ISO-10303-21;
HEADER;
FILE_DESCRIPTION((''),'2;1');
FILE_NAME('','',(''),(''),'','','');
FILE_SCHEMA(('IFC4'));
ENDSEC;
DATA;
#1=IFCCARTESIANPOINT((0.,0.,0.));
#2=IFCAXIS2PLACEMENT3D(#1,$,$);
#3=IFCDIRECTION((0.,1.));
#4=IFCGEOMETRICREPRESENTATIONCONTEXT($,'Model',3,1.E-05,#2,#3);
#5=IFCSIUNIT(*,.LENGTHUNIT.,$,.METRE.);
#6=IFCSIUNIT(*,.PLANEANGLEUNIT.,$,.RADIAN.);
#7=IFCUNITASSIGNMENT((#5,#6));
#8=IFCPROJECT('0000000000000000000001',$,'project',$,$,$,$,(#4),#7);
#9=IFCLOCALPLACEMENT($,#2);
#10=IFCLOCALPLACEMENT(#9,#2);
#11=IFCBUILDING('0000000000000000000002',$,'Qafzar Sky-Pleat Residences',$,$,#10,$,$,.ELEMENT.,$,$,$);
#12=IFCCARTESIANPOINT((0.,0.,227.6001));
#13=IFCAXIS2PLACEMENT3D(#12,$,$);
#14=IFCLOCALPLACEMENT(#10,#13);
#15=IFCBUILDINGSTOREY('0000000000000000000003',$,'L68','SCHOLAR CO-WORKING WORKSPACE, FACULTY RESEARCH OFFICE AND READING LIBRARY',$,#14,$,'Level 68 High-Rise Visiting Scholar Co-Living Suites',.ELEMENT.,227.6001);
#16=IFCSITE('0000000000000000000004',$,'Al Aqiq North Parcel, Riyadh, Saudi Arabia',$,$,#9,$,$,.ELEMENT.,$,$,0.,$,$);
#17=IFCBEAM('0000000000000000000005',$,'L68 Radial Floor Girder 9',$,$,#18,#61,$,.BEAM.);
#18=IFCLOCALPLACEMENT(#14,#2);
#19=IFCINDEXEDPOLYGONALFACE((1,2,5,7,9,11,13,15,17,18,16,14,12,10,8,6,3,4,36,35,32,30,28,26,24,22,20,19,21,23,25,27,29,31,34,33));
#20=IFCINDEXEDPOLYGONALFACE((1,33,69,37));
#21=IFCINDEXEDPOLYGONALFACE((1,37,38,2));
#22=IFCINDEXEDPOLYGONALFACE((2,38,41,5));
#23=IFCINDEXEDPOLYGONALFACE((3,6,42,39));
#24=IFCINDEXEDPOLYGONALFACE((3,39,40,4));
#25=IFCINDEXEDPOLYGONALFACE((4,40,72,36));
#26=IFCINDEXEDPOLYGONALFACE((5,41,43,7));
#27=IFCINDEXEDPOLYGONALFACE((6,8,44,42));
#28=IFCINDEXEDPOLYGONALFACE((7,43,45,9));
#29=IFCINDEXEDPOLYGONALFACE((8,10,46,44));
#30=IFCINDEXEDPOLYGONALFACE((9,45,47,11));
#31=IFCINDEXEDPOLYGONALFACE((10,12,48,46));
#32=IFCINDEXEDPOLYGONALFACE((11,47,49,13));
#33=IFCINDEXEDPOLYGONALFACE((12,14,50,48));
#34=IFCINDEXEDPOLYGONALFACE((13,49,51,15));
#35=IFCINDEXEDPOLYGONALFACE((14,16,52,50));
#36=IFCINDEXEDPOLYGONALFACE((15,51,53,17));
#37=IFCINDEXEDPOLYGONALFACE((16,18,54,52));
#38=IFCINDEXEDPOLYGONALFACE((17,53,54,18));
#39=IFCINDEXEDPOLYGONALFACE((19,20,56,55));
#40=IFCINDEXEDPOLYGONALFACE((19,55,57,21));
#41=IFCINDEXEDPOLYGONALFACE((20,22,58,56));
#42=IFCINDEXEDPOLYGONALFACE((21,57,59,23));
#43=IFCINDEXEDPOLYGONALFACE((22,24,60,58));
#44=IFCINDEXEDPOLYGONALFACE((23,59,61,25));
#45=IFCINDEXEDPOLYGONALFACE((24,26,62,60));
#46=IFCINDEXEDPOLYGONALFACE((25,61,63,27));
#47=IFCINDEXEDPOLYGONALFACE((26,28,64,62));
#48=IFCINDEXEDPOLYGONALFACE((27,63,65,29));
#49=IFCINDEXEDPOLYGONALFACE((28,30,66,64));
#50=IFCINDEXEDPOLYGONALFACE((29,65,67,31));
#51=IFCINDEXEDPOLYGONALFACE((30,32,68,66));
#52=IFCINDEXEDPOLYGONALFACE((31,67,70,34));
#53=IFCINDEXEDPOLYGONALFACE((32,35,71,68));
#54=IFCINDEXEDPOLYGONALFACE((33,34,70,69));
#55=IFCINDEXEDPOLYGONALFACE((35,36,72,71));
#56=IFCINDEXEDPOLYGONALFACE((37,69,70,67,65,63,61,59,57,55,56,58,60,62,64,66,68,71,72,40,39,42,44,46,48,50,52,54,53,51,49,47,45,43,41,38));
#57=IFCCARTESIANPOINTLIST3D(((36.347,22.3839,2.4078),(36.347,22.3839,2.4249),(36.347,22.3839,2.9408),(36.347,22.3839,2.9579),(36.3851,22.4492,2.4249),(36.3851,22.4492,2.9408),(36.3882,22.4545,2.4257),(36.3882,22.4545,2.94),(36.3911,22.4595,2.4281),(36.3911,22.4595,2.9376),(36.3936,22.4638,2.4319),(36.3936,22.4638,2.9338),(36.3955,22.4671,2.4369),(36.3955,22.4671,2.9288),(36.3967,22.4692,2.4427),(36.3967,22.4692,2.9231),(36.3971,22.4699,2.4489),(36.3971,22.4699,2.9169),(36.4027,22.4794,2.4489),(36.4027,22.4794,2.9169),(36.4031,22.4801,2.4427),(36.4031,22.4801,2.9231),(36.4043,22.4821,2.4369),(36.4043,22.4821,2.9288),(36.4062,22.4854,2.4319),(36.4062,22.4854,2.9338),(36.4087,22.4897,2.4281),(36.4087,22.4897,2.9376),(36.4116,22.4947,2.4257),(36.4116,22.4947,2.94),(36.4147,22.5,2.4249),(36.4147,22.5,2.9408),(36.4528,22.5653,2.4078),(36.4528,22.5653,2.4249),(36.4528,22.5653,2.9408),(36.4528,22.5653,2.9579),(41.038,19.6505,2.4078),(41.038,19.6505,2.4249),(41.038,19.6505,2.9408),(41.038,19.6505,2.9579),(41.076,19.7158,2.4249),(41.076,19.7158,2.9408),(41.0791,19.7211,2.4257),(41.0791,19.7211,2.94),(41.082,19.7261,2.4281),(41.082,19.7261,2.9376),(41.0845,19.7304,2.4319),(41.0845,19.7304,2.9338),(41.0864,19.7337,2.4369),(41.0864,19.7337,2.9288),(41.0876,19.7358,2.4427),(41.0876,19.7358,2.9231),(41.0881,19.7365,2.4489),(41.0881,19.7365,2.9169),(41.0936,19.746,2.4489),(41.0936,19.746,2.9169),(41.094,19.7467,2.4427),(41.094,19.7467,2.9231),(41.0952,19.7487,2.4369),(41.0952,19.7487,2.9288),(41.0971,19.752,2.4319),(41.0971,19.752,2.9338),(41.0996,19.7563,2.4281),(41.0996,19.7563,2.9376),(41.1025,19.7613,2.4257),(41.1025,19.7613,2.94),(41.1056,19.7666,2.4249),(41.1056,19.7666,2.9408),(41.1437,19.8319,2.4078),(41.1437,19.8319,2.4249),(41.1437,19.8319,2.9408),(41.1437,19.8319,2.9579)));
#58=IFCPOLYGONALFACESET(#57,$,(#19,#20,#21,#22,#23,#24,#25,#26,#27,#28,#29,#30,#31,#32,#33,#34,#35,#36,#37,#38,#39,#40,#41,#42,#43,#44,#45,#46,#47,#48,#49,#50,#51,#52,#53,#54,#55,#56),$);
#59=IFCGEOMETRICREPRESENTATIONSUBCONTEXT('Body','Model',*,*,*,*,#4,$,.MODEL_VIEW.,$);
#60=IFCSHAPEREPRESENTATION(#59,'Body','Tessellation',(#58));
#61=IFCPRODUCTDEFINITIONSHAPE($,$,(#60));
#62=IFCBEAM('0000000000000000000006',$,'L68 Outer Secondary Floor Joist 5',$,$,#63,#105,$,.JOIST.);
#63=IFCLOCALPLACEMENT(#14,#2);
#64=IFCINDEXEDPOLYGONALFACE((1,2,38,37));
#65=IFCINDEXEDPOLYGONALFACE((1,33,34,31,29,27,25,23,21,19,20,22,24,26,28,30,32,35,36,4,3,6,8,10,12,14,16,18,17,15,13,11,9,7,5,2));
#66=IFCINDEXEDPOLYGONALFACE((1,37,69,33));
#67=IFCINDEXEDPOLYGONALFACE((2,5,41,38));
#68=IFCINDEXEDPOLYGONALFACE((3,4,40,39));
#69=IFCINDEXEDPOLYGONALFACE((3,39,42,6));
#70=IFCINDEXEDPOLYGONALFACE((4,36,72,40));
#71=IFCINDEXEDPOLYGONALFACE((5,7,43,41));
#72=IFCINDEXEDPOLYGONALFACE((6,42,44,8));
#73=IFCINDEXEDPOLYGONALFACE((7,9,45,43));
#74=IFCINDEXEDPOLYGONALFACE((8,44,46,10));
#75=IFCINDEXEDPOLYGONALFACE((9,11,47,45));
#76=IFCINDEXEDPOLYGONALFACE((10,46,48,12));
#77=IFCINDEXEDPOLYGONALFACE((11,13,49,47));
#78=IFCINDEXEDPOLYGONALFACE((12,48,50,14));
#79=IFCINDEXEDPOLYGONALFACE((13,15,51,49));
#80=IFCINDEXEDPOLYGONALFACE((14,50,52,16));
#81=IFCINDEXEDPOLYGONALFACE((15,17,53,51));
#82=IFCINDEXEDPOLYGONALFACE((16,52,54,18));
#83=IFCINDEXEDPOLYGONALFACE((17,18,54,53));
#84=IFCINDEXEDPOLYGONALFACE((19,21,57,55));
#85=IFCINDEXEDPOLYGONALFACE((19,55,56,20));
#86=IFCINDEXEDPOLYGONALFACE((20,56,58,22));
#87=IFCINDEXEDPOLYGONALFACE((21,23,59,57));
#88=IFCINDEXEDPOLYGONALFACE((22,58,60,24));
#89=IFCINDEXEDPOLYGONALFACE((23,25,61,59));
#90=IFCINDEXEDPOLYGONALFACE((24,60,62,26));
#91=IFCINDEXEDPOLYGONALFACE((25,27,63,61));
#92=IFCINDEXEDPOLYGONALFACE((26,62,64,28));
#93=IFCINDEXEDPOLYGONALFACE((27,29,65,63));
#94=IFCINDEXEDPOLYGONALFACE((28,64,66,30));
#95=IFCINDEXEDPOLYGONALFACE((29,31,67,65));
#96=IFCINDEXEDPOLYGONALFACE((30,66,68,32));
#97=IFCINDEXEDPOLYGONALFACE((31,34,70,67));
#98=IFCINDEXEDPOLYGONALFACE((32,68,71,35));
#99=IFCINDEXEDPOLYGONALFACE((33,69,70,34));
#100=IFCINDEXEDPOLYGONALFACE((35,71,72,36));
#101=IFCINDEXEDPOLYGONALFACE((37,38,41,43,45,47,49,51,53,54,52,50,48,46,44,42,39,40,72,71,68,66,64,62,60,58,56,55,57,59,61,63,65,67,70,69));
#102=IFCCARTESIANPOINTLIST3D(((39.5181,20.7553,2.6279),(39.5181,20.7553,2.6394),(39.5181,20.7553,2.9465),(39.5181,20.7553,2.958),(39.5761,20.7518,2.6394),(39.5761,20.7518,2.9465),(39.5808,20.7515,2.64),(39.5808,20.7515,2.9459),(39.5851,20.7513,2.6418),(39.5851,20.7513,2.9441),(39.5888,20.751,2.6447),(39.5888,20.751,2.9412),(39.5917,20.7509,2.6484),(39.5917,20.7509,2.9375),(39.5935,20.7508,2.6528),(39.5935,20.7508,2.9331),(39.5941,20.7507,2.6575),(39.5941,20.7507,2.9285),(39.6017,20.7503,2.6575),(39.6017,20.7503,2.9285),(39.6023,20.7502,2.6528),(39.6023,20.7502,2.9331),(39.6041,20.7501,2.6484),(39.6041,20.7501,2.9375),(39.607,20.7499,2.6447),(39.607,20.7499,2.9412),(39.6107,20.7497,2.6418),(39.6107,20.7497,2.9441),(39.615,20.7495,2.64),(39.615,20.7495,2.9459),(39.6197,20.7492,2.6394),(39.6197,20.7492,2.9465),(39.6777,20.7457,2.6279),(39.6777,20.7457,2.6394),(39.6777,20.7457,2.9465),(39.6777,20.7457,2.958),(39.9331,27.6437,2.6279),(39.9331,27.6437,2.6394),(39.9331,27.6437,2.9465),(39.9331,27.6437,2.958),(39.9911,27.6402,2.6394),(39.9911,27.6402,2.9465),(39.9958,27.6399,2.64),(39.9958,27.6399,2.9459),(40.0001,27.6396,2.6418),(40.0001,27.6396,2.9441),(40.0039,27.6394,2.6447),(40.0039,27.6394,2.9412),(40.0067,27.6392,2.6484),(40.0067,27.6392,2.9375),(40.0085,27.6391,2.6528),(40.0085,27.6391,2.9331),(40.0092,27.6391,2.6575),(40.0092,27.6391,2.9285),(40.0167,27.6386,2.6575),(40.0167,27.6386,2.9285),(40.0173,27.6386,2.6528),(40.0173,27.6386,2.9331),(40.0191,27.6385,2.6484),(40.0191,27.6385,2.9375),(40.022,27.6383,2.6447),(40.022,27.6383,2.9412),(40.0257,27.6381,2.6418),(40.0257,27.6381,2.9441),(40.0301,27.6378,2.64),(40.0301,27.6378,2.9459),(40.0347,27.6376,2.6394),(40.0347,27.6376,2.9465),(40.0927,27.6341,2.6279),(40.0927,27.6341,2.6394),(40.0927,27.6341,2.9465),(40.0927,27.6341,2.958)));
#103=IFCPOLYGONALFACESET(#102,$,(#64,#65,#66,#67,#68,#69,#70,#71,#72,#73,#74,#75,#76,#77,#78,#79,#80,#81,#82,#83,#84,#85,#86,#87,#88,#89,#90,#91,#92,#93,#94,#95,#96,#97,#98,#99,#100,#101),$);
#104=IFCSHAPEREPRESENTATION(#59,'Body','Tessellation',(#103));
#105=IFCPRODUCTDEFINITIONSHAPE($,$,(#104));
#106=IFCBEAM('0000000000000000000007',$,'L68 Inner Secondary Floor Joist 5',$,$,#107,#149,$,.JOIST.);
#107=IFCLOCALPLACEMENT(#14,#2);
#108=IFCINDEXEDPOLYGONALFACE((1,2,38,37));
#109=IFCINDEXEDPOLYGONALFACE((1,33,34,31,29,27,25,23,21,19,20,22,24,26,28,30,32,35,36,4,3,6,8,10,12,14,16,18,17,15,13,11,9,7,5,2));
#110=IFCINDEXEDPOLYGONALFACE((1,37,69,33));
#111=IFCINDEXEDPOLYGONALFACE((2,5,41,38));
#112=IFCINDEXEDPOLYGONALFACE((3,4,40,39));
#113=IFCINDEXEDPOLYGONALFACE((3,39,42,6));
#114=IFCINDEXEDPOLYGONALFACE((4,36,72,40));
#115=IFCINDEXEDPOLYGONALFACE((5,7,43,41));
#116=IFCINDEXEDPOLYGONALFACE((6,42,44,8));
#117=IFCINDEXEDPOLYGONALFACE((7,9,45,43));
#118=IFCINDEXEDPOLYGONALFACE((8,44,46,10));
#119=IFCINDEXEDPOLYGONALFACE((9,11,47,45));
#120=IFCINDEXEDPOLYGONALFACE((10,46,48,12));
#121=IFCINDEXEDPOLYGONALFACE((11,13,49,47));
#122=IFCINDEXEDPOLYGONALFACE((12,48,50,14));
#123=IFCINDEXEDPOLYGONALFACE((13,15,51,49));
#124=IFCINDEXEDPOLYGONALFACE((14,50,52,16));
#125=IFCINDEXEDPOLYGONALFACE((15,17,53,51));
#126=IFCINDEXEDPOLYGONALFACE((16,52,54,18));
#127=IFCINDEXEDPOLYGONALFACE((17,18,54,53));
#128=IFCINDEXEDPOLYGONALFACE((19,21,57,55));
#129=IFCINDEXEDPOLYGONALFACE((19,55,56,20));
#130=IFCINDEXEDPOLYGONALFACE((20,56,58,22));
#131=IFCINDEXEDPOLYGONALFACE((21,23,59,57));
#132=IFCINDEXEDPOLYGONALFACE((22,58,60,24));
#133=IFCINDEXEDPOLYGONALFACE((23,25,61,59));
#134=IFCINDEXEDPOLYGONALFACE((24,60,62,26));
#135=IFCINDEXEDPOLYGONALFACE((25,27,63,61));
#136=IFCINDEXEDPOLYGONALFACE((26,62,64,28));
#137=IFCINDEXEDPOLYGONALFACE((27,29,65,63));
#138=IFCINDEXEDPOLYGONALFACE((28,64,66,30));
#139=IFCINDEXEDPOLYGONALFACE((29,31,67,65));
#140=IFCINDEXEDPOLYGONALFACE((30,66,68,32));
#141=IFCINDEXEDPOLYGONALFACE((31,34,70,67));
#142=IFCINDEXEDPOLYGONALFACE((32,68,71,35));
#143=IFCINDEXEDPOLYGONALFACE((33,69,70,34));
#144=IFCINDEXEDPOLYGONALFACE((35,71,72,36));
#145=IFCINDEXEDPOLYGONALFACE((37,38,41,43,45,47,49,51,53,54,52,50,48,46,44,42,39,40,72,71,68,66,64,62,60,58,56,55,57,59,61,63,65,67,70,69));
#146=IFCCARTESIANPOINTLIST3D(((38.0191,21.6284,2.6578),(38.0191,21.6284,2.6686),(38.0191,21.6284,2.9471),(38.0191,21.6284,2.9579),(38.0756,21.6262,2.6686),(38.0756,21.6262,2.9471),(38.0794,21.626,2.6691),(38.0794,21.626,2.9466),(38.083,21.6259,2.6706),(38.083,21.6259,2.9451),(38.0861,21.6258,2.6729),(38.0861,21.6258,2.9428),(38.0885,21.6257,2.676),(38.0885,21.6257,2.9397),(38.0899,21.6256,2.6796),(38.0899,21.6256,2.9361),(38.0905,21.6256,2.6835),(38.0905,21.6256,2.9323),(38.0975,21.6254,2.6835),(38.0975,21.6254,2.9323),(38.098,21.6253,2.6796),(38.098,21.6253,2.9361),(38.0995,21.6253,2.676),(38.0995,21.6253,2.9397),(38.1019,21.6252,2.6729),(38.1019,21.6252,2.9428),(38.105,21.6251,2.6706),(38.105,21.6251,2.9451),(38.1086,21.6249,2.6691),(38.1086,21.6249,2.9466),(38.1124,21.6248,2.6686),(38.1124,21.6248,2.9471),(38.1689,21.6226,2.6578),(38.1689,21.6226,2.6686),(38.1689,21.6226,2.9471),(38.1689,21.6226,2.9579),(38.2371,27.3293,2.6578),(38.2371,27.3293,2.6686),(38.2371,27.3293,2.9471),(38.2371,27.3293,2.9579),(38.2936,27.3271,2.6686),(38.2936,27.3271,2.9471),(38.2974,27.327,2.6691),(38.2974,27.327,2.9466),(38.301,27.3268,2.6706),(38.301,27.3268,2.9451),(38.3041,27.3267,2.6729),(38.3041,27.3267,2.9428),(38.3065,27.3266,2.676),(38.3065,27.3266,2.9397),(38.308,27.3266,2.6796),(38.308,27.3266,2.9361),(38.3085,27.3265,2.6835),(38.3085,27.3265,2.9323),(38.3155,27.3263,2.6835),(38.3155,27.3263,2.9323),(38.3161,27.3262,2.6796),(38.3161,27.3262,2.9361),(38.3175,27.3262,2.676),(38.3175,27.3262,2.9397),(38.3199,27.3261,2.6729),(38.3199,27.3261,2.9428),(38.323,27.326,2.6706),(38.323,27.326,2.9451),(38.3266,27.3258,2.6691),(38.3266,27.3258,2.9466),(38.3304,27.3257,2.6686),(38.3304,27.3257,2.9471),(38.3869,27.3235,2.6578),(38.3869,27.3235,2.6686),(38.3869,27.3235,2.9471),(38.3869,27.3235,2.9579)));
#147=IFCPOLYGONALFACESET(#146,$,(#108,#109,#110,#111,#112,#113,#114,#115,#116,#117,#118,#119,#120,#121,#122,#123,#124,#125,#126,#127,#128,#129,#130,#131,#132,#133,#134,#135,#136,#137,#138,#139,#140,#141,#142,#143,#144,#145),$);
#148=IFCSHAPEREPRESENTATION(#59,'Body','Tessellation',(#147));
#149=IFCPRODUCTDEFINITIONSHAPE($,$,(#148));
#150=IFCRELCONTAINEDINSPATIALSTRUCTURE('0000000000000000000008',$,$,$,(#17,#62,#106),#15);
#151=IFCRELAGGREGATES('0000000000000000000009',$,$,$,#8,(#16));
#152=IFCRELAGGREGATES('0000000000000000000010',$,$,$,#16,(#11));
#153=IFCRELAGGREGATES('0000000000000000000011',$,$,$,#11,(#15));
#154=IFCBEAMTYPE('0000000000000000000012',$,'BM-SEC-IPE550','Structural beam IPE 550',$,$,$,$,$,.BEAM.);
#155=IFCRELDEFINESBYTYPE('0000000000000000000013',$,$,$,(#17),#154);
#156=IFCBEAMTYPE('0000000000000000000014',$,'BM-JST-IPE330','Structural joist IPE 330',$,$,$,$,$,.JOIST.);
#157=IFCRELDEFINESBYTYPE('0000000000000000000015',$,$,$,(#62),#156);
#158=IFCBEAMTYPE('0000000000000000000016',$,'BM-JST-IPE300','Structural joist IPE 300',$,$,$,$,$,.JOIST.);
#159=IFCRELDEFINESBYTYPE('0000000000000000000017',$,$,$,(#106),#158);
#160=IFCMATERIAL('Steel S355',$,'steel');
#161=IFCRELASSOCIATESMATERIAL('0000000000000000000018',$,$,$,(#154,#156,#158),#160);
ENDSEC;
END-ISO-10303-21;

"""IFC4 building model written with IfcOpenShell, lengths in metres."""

from ifc_helpers import new_model, si_unit, direction, frame, origin, origin_2d, place, context, subcontext, project, spatial, i_section, extrude, source, transform, mapped, material, material_profile, profile_set, type_object, element, save


model = new_model("IFC4")

# Units and contexts
model_context = context("Model", 3, precision=1e-05, world=origin(), true_north=direction((0.0, 1.0)))
body_context = subcontext(model_context, "Body", "Model", "MODEL_VIEW")
ifc_project = project(units=[si_unit("LENGTHUNIT", "METRE"), si_unit("PLANEANGLEUNIT", "RADIAN")], contexts=[model_context])

# Site, building, storey
site_placement = place(None, origin())
site = spatial("IfcSite", under=ifc_project, at=site_placement, Name="Al Aqiq North Parcel, Riyadh, Saudi Arabia", CompositionType="ELEMENT", RefElevation=0.0)
building_placement = place(site_placement, origin())
building = spatial("IfcBuilding", under=site, at=building_placement, Name="Qafzar Sky-Pleat Residences", CompositionType="ELEMENT")
storey_placement = place(building_placement, frame((0.0, 0.0, 227.6001)))
storey = spatial("IfcBuildingStorey", under=building, at=storey_placement, Name="L68", Description="SCHOLAR CO-WORKING WORKSPACE, FACULTY RESEARCH OFFICE AND READING LIBRARY", LongName="Level 68 High-Rise Visiting Scholar Co-Living Suites", CompositionType="ELEMENT", Elevation=227.6001)

# Shared definitions
ifc_material_1 = material(Name="Steel S355", Category="steel")

# Beams
ifc_material_profile_1 = material_profile(ifc_material_1, i_section(OverallWidth=0.21, OverallDepth=0.55, WebThickness=0.011, FlangeThickness=0.0171, FilletRadius=0.0239, at=origin_2d()), Name="IPE 550")
ifc_profile_set_1 = profile_set([ifc_material_profile_1], Name="Steel S355")
beam_type_1 = type_object("IfcBeamType", Name="BM-SEC-IPE550", Description="Structural beam IPE 550", PredefinedType="BEAM", material=ifc_profile_set_1)
shared_shape_1 = source(origin(), body_context, "Body", "SweptSolid", [
    extrude(i_section(OverallWidth=0.21, OverallDepth=0.55, WebThickness=0.011, FlangeThickness=0.0171, FilletRadius=0.0239, at=origin_2d()), origin(), (0.0, 0.0, 1.0), 5.4292),
])
beam_1_placement = place(storey_placement, frame((41.0908, 19.7412, 2.6829), z_axis=(-0.864017, 0.503463, 0.0), x_axis=(-0.503463, -0.864017, 0.0)))
element("IfcBeam", 1, at=beam_1_placement, inside=storey, type_object=beam_type_1, Name="L68 Radial Floor Girder 9", PredefinedType="BEAM", context=body_context, shape_type="MappedRepresentation", body=[
    mapped(shared_shape_1, transform((0.0, 0.0, 0.0), x_axis=(1.0, 0.0, 0.0), y_axis=(0.0, 1.0, 0.0), z_axis=(0.0, 0.0, 1.0), scale=1.0)),
])
ifc_material_profile_2 = material_profile(ifc_material_1, i_section(OverallWidth=0.1599, OverallDepth=0.3301, WebThickness=0.0076, FlangeThickness=0.0115, FilletRadius=0.0181, at=origin_2d()), Name="IPE 330")
ifc_profile_set_2 = profile_set([ifc_material_profile_2], Name="Steel S355")
beam_type_2 = type_object("IfcBeamType", Name="BM-JST-IPE330", Description="Structural joist IPE 330", PredefinedType="JOIST", material=ifc_profile_set_2)
shared_shape_2 = source(origin(), body_context, "Body", "SweptSolid", [
    extrude(i_section(OverallWidth=0.1599, OverallDepth=0.3301, WebThickness=0.0076, FlangeThickness=0.0115, FilletRadius=0.0181, at=origin_2d()), origin(), (0.0, 0.0, 1.0), 6.9009),
])
beam_2_placement = place(storey_placement, frame((39.5979, 20.7505, 2.793), z_axis=(0.060143, 0.99819, 0.0), x_axis=(-0.99819, 0.060143, 0.0)))
element("IfcBeam", 2, at=beam_2_placement, inside=storey, type_object=beam_type_2, Name="L68 Outer Secondary Floor Joist 5", PredefinedType="JOIST", context=body_context, shape_type="MappedRepresentation", body=[
    mapped(shared_shape_2, transform((0.0, 0.0, 0.0), x_axis=(1.0, 0.0, 0.0), y_axis=(0.0, 1.0, 0.0), z_axis=(0.0, 0.0, 1.0), scale=1.0)),
])
ifc_material_profile_3 = material_profile(ifc_material_1, i_section(OverallWidth=0.1499, OverallDepth=0.3, WebThickness=0.0071, FlangeThickness=0.0107, FilletRadius=0.0149, at=origin_2d()), Name="IPE 300")
ifc_profile_set_3 = profile_set([ifc_material_profile_3], Name="Steel S355")
beam_type_3 = type_object("IfcBeamType", Name="BM-JST-IPE300", Description="Structural joist IPE 300", PredefinedType="JOIST", material=ifc_profile_set_3)
shared_shape_3 = source(origin(), body_context, "Body", "SweptSolid", [
    extrude(i_section(OverallWidth=0.1499, OverallDepth=0.3, WebThickness=0.0071, FlangeThickness=0.0107, FilletRadius=0.0149, at=origin_2d()), origin(), (0.0, 0.0, 1.0), 5.7051),
])
beam_3_placement = place(storey_placement, frame((38.094, 21.6255, 2.8079), z_axis=(0.038215, 0.99927, 0.0), x_axis=(-0.99927, 0.038215, 0.0)))
element("IfcBeam", 3, at=beam_3_placement, inside=storey, type_object=beam_type_3, Name="L68 Inner Secondary Floor Joist 5", PredefinedType="JOIST", context=body_context, shape_type="MappedRepresentation", body=[
    mapped(shared_shape_3, transform((0.0, 0.0, 0.0), x_axis=(1.0, 0.0, 0.0), y_axis=(0.0, 1.0, 0.0), z_axis=(0.0, 0.0, 1.0), scale=1.0)),
])

save(model, "model.ifc")
